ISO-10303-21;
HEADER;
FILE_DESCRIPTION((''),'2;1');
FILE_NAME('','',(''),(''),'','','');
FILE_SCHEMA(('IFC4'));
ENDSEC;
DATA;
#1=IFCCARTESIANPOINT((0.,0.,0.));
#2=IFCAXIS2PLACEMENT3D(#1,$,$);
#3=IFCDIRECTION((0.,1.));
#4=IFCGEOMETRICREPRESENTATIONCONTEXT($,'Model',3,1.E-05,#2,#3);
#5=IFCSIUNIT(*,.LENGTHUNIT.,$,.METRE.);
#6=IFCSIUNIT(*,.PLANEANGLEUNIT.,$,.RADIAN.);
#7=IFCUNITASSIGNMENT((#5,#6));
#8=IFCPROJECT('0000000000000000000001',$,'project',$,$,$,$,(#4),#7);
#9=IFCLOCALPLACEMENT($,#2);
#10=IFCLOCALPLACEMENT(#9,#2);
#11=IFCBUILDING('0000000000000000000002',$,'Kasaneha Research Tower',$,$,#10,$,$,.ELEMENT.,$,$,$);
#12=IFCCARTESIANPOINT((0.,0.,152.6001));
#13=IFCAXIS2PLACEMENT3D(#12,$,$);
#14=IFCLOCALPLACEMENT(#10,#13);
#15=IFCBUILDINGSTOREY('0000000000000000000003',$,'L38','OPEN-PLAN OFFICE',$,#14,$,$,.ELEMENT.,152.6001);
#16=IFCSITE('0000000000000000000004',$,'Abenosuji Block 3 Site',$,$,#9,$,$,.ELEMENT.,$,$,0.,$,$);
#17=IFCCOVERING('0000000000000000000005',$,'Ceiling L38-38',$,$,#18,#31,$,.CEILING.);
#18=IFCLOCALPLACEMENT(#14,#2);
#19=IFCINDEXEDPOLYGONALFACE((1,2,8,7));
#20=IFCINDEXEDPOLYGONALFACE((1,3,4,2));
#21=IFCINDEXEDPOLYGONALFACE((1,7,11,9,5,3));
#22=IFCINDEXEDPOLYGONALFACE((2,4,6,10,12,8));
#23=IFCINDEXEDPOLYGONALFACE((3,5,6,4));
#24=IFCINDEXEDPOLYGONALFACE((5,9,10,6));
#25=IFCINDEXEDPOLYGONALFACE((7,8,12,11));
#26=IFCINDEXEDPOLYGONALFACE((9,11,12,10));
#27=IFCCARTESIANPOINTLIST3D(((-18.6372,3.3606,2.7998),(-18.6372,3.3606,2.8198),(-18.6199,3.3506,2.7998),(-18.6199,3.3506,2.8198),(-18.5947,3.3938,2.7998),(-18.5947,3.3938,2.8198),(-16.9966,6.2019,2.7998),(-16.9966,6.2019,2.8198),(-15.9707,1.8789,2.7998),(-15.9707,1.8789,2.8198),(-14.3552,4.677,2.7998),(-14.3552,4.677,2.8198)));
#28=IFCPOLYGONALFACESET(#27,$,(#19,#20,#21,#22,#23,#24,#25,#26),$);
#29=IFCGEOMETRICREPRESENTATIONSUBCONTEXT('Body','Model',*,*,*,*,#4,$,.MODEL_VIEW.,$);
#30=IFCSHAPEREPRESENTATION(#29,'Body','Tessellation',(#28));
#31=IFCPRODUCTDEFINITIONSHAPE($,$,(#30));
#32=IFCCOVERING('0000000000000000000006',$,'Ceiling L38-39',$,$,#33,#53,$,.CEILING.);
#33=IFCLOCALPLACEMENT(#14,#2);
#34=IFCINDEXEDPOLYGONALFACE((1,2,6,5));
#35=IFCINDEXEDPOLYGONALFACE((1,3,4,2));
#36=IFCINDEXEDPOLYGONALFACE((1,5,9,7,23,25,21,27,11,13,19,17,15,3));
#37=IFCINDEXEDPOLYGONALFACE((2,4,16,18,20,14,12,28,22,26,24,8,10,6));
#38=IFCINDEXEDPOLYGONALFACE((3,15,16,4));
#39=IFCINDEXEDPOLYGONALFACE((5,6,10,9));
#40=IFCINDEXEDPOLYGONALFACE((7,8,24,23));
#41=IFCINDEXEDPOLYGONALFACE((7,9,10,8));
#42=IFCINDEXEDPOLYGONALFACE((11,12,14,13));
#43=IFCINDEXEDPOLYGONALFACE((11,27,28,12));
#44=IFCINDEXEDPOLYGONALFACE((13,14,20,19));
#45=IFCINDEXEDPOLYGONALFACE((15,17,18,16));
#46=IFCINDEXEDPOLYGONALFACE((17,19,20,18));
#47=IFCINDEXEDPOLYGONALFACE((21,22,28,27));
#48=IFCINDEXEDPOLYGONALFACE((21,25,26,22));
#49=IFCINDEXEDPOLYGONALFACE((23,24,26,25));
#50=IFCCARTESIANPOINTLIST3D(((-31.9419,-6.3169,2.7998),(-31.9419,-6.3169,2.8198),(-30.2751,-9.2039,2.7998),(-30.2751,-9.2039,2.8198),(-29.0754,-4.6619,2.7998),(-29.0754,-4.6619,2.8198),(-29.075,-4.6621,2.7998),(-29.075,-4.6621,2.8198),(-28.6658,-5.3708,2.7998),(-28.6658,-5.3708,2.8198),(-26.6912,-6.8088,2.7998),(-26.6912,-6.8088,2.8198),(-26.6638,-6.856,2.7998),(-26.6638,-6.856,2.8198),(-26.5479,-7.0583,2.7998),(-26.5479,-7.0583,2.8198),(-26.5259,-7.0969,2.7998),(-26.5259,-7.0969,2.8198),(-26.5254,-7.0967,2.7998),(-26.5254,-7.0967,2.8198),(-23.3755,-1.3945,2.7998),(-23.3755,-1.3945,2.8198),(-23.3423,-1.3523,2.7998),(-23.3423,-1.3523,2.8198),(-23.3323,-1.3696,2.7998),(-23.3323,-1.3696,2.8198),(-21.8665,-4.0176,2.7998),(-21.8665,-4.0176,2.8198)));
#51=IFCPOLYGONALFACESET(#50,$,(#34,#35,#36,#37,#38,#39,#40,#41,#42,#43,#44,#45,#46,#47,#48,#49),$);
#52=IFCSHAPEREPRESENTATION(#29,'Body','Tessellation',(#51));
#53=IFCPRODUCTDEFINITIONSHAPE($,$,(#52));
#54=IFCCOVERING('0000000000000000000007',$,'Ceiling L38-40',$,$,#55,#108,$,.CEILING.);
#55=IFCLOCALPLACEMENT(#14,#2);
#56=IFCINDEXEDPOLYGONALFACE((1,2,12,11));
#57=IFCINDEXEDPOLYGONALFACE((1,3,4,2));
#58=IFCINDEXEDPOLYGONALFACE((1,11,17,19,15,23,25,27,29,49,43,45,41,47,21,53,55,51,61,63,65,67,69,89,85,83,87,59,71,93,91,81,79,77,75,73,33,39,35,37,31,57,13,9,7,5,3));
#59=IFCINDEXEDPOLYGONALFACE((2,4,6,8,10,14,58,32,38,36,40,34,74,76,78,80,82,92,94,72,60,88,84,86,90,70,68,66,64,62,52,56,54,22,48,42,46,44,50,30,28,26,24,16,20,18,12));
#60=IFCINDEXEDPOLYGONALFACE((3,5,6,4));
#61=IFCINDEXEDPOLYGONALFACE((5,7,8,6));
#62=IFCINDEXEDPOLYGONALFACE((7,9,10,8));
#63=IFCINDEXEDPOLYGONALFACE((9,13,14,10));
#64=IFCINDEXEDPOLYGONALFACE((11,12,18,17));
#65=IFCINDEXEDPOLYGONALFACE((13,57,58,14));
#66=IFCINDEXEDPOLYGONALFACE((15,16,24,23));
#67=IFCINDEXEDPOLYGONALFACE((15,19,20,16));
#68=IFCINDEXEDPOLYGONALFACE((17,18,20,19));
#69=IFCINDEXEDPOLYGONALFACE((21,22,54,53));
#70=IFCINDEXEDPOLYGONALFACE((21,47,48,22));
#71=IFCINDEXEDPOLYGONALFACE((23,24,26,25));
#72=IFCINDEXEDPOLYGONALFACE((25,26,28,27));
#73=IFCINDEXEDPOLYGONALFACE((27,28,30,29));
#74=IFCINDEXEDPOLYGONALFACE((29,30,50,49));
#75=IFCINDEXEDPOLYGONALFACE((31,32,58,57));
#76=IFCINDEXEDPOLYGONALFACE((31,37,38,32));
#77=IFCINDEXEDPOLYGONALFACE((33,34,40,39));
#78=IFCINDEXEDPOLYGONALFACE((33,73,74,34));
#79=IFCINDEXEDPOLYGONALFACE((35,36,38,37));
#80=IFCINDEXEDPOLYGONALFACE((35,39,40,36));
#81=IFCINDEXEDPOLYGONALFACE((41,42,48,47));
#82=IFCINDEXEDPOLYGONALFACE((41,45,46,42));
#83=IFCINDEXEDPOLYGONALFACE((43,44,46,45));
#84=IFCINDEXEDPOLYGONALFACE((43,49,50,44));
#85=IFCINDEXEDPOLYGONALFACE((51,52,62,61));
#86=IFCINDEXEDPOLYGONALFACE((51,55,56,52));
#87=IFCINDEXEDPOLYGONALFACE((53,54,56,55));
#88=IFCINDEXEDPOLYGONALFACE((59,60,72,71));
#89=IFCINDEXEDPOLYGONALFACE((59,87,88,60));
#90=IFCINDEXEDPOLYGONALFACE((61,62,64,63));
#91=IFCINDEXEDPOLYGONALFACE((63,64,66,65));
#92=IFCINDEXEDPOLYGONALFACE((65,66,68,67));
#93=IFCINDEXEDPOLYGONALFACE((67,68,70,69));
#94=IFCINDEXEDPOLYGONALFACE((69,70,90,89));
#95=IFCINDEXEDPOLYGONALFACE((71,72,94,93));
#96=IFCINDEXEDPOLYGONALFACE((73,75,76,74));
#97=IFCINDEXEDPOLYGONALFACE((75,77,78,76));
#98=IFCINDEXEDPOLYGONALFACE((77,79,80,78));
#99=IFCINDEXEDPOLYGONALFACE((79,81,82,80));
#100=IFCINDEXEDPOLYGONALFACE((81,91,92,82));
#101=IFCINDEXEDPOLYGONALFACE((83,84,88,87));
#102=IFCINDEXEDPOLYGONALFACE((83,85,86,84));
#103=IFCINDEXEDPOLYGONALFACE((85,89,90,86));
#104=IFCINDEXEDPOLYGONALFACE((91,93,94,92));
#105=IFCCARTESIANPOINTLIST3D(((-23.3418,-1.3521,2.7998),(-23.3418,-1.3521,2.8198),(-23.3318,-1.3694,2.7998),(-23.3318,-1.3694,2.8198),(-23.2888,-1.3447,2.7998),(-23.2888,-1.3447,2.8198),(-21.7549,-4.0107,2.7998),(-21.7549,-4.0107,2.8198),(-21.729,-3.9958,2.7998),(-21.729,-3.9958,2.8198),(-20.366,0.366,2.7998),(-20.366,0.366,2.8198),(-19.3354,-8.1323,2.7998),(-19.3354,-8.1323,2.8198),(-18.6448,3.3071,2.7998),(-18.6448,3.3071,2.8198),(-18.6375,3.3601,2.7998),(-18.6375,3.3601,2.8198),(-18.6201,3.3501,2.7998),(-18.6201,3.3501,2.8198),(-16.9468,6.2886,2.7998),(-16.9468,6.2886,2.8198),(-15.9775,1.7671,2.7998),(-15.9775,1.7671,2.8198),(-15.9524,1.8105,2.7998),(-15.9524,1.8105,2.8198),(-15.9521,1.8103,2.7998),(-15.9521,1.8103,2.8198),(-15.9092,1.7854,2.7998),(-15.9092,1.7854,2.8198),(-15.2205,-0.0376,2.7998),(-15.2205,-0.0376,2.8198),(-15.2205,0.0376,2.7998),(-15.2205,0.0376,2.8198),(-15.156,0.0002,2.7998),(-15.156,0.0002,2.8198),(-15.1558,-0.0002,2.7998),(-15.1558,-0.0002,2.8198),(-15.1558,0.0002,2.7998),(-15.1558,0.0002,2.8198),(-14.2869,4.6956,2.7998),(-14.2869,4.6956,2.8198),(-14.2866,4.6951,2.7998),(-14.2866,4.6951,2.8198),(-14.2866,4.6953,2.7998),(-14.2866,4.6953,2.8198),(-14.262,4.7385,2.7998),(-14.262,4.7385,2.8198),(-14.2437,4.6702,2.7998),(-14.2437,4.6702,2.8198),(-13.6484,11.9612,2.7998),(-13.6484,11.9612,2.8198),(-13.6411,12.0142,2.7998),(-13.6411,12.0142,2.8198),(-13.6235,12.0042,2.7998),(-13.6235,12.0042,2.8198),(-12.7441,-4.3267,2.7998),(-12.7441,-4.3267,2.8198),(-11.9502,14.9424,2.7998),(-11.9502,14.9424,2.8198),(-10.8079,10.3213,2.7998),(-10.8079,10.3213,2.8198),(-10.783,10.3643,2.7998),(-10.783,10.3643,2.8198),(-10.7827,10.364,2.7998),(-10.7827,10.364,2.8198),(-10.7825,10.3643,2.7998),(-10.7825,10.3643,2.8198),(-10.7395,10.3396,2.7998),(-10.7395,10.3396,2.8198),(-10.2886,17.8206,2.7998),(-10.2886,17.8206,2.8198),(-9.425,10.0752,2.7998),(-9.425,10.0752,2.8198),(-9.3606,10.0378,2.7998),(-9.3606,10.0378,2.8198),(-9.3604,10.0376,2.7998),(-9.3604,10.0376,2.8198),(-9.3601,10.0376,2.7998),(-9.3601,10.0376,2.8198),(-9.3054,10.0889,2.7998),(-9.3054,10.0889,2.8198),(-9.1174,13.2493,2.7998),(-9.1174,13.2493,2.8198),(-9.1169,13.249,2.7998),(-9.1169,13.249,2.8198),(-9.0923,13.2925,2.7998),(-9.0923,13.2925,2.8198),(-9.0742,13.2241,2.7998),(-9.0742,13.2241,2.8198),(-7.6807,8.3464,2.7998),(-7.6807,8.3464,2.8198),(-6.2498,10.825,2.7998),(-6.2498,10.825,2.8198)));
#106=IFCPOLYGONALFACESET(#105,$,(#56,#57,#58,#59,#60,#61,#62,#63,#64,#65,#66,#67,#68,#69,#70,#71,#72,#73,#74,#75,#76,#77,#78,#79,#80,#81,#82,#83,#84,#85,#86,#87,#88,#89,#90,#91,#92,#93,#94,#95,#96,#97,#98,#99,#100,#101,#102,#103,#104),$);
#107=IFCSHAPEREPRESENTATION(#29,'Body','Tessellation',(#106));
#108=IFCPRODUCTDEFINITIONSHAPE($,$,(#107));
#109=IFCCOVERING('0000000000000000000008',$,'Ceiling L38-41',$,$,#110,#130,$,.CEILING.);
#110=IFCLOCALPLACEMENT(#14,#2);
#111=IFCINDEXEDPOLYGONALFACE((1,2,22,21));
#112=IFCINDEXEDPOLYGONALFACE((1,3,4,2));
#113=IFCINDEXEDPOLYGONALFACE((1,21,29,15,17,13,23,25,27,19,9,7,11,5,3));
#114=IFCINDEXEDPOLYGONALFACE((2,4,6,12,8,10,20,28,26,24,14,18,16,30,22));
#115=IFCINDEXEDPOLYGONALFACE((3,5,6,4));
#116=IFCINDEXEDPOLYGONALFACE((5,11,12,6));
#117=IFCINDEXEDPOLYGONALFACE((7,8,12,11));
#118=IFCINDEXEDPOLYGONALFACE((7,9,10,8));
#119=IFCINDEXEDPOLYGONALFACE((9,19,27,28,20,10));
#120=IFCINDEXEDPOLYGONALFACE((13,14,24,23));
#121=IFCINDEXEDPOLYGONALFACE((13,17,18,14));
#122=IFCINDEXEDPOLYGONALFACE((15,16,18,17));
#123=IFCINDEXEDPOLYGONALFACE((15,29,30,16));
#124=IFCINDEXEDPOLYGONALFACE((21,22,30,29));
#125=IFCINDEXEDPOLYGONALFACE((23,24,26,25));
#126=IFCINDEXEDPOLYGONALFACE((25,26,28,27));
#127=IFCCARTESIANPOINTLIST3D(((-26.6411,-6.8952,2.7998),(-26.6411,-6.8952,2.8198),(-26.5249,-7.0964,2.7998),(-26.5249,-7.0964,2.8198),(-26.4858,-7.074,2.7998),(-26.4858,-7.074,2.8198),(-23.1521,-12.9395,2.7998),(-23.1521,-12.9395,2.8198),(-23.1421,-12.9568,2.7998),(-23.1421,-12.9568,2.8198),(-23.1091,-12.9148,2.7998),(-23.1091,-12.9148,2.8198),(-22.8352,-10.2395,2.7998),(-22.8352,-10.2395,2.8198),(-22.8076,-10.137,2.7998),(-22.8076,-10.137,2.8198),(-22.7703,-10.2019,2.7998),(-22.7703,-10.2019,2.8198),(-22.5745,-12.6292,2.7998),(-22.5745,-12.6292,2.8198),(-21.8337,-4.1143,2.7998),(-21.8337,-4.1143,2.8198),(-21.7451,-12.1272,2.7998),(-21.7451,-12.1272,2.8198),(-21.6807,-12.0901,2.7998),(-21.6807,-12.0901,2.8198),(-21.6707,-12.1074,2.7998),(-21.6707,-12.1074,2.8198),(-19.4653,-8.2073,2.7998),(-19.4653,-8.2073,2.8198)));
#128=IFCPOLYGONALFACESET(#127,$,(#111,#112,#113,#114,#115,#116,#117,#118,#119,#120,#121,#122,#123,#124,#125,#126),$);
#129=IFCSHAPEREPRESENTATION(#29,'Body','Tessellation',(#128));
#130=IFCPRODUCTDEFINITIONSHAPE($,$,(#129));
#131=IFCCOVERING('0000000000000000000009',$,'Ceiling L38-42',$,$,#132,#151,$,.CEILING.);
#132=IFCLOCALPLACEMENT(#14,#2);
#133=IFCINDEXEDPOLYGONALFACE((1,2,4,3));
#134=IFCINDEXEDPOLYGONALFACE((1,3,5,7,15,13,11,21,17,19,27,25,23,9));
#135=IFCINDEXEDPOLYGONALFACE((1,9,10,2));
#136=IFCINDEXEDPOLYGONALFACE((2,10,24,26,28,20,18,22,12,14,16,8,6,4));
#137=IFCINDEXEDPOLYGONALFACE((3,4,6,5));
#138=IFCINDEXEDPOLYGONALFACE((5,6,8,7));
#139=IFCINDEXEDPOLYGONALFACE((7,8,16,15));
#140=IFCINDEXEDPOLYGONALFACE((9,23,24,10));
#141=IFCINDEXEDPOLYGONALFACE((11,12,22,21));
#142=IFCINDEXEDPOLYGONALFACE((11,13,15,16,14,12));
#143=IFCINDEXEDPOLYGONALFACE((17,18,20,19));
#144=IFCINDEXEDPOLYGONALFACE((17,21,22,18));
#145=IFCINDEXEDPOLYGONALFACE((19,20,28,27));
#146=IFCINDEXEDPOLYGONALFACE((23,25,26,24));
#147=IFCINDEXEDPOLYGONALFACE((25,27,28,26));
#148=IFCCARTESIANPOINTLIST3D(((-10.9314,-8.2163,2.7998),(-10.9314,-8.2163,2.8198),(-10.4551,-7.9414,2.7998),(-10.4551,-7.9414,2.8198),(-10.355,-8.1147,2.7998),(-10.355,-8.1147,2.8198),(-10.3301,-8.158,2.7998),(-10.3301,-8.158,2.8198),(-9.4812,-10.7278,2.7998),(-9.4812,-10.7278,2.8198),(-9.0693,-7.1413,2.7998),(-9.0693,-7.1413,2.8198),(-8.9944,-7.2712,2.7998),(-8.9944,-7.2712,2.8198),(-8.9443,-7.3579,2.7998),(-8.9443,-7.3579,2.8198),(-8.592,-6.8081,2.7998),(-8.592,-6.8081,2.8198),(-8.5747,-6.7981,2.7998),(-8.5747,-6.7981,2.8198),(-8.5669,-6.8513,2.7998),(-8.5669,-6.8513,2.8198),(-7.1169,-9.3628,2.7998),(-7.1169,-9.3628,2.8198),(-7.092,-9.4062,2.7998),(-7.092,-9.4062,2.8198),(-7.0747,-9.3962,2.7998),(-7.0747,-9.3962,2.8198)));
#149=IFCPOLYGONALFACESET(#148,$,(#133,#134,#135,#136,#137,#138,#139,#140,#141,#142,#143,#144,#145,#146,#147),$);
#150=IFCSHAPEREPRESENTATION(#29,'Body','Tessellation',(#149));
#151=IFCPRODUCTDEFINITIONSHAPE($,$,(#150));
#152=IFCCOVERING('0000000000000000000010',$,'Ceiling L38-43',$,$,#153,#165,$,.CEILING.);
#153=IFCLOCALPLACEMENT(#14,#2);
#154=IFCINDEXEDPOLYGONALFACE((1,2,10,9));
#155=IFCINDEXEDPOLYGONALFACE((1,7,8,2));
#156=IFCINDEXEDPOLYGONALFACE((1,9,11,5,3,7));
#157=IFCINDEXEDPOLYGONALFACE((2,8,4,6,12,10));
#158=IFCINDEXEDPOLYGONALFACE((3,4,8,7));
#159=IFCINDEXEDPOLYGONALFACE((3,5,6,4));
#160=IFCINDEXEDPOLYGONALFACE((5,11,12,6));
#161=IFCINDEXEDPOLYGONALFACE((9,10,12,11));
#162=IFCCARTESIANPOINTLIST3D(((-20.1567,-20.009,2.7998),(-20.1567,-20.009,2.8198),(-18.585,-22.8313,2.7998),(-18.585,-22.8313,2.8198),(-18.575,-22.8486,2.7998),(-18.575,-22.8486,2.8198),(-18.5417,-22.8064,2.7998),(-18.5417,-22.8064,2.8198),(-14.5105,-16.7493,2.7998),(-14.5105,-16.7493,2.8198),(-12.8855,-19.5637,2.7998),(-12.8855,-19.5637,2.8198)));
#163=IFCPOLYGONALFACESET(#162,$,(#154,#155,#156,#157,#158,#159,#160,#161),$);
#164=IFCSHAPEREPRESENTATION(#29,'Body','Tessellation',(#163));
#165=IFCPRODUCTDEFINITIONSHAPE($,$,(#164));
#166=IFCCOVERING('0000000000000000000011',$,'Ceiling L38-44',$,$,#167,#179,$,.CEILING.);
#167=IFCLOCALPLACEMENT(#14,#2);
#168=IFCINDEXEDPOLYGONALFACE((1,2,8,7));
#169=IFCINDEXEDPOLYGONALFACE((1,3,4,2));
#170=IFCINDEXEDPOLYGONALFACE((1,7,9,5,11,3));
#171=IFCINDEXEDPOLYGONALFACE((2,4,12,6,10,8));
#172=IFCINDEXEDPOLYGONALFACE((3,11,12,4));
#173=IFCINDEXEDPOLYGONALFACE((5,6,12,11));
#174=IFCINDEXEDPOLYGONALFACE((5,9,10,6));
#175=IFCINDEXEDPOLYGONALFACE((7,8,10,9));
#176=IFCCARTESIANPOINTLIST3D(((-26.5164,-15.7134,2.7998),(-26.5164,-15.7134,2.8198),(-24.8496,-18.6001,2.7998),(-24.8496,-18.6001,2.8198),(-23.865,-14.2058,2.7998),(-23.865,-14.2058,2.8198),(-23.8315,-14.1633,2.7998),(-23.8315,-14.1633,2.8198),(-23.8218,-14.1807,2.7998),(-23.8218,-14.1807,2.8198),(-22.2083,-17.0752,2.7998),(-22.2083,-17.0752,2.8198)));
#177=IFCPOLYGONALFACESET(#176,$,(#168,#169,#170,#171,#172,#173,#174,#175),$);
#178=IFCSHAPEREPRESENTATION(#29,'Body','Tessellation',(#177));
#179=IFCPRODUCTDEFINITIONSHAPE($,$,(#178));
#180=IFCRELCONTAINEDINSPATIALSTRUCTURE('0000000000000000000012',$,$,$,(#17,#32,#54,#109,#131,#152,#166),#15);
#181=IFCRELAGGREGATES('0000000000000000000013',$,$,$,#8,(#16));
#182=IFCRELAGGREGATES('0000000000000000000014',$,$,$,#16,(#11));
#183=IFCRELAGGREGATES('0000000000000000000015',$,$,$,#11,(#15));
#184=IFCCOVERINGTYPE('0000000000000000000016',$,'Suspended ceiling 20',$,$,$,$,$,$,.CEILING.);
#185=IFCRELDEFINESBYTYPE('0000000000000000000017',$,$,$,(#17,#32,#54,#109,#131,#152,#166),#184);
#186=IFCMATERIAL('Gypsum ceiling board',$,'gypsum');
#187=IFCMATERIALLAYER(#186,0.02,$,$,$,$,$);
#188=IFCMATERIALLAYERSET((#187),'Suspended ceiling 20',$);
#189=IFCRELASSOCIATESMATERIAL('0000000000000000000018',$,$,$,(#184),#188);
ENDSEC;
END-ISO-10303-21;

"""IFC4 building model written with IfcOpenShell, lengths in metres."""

from ifc_helpers import new_model, si_unit, direction, frame, origin, place, context, subcontext, project, spatial, polyline, outline, extrude, material, layer, layer_set, type_object, element, save


model = new_model("IFC4")

# Units and contexts
model_context = context("Model", 3, precision=1e-05, world=origin(), true_north=direction((0.0, 1.0)))
body_context = subcontext(model_context, "Body", "Model", "MODEL_VIEW")
ifc_project = project(units=[si_unit("LENGTHUNIT", "METRE"), si_unit("PLANEANGLEUNIT", "RADIAN")], contexts=[model_context])

# Site, building, storey
site_placement = place(None, origin())
site = spatial("IfcSite", under=ifc_project, at=site_placement, Name="Abenosuji Block 3 Site", CompositionType="ELEMENT", RefElevation=0.0)
building_placement = place(site_placement, origin())
building = spatial("IfcBuilding", under=site, at=building_placement, Name="Kasaneha Research Tower", CompositionType="ELEMENT")
storey_placement = place(building_placement, frame((0.0, 0.0, 152.6001)))
storey = spatial("IfcBuildingStorey", under=building, at=storey_placement, Name="L38", Description="OPEN-PLAN OFFICE", CompositionType="ELEMENT", Elevation=152.6001)

# Coverings
ifc_material_1 = material(Name="Gypsum ceiling board", Category="gypsum")
ifc_layer_1 = layer(ifc_material_1, 0.02)
ifc_layer_set_1 = layer_set([ifc_layer_1], Name="Suspended ceiling 20")
covering_type_1 = type_object("IfcCoveringType", Name="Suspended ceiling 20", PredefinedType="CEILING", material=ifc_layer_set_1)
covering_1_placement = place(storey_placement, frame((0.0, 0.0, 2.7998)))
element("IfcCovering", 1, at=covering_1_placement, inside=storey, type_object=covering_type_1, Name="Ceiling L38-38", PredefinedType="CEILING", context=body_context, shape_type="SweptSolid", body=[
    extrude(outline(polyline([(-16.9966, 6.2019), (-14.3552, 4.677), (-15.9707, 1.8789), (-18.5947, 3.3938), (-18.6199, 3.3506), (-18.6372, 3.3606), (-16.9966, 6.2019)])), origin(), (0.0, 0.0, 1.0), 0.02),
])
covering_2_placement = place(storey_placement, frame((0.0, 0.0, 2.7998)))
element("IfcCovering", 2, at=covering_2_placement, inside=storey, type_object=covering_type_1, Name="Ceiling L38-39", PredefinedType="CEILING", context=body_context, shape_type="SweptSolid", body=[
    extrude(outline(polyline([(-23.3323, -1.3696), (-23.3755, -1.3945), (-21.8665, -4.0176), (-26.6912, -6.8088), (-26.6638, -6.856), (-26.5254, -7.0967), (-26.5259, -7.0969), (-26.5479, -7.0583), (-30.2751, -9.2039), (-31.9419, -6.3169), (-29.0754, -4.6619), (-28.6658, -5.3708), (-29.075, -4.6621), (-23.3423, -1.3523), (-23.3323, -1.3696)])), origin(), (0.0, 0.0, 1.0), 0.02),
])
covering_3_placement = place(storey_placement, frame((0.0, 0.0, 2.7998)))
element("IfcCovering", 3, at=covering_3_placement, inside=storey, type_object=covering_type_1, Name="Ceiling L38-40", PredefinedType="CEILING", context=body_context, shape_type="SweptSolid", body=[
    extrude(outline(polyline([(-9.3606, 10.0378), (-9.3606, 10.0378), (-9.425, 10.0752), (-15.2205, 0.0376), (-15.1558, 0.0002), (-15.156, 0.0002), (-15.1558, -0.0002), (-15.2205, -0.0376), (-12.7441, -4.3267), (-19.3354, -8.1323), (-21.729, -3.9958), (-21.7549, -4.0107), (-23.2888, -1.3447), (-23.3318, -1.3694), (-23.3418, -1.3521), (-20.366, 0.366), (-18.6375, 3.3601), (-18.6201, 3.3501), (-18.6448, 3.3071), (-15.9775, 1.7671), (-15.9524, 1.8105), (-15.9521, 1.8103), (-15.9521, 1.8103), (-15.9092, 1.7854), (-14.2437, 4.6702), (-14.2866, 4.6951), (-14.2866, 4.6953), (-14.2869, 4.6956), (-14.262, 4.7385), (-16.9468, 6.2886), (-13.6411, 12.0142), (-13.6235, 12.0042), (-13.6484, 11.9612), (-10.8079, 10.3213), (-10.783, 10.3643), (-10.7827, 10.364), (-10.7825, 10.3643), (-10.7395, 10.3396), (-9.0742, 13.2241), (-9.1169, 13.249), (-9.1169, 13.249), (-9.1174, 13.2493), (-9.0923, 13.2925), (-11.9502, 14.9424), (-10.2886, 17.8206), (-6.2498, 10.825), (-7.6807, 8.3464), (-9.3054, 10.0889), (-9.3601, 10.0376), (-9.3604, 10.0376), (-9.3606, 10.0378)])), origin(), (0.0, 0.0, 1.0), 0.02),
])
covering_4_placement = place(storey_placement, frame((0.0, 0.0, 2.7998)))
element("IfcCovering", 4, at=covering_4_placement, inside=storey, type_object=covering_type_1, Name="Ceiling L38-41", PredefinedType="CEILING", context=body_context, shape_type="SweptSolid", body=[
    extrude(outline(polyline([(-22.5745, -12.6292), (-23.1421, -12.9568), (-23.1521, -12.9395), (-23.1091, -12.9148), (-26.4858, -7.074), (-26.5249, -7.0964), (-26.6597, -6.863), (-26.6411, -6.8953), (-21.8337, -4.1143), (-19.4653, -8.2073), (-22.8076, -10.137), (-22.7703, -10.2019), (-22.8352, -10.2395), (-21.7451, -12.1272), (-21.6807, -12.0901), (-21.6707, -12.1074), (-22.5745, -12.6292)])), origin(), (0.0, 0.0, 1.0), 0.02),
])
covering_5_placement = place(storey_placement, frame((0.0, 0.0, 2.7998)))
element("IfcCovering", 5, at=covering_5_placement, inside=storey, type_object=covering_type_1, Name="Ceiling L38-42", PredefinedType="CEILING", context=body_context, shape_type="SweptSolid", body=[
    extrude(outline(polyline([(-10.355, -8.1147), (-10.355, -8.1147), (-10.3301, -8.158), (-8.9443, -7.3579), (-8.9944, -7.2712), (-8.9944, -7.2712), (-9.0942, -7.0981), (-9.0942, -7.0981), (-9.0693, -7.1414), (-8.5669, -6.8513), (-8.592, -6.8081), (-8.5747, -6.7981), (-7.0747, -9.3962), (-7.092, -9.4062), (-7.1169, -9.3628), (-9.4812, -10.7278), (-10.9314, -8.2163), (-10.4551, -7.9414), (-10.355, -8.1147)])), origin(), (0.0, 0.0, 1.0), 0.02),
])
covering_6_placement = place(storey_placement, frame((0.0, 0.0, 2.7998)))
element("IfcCovering", 6, at=covering_6_placement, inside=storey, type_object=covering_type_1, Name="Ceiling L38-43", PredefinedType="CEILING", context=body_context, shape_type="SweptSolid", body=[
    extrude(outline(polyline([(-18.575, -22.8486), (-18.585, -22.8313), (-18.5417, -22.8064), (-20.1567, -20.009), (-14.5105, -16.7493), (-12.8855, -19.5637), (-18.575, -22.8486)])), origin(), (0.0, 0.0, 1.0), 0.02),
])
covering_7_placement = place(storey_placement, frame((0.0, 0.0, 2.7998)))
element("IfcCovering", 7, at=covering_7_placement, inside=storey, type_object=covering_type_1, Name="Ceiling L38-44", PredefinedType="CEILING", context=body_context, shape_type="SweptSolid", body=[
    extrude(outline(polyline([(-23.8315, -14.1633), (-23.8218, -14.1807), (-23.865, -14.2058), (-22.2083, -17.0752), (-24.8496, -18.6001), (-26.5164, -15.7134), (-23.8315, -14.1633)])), origin(), (0.0, 0.0, 1.0), 0.02),
])

save(model, "model.ifc")
